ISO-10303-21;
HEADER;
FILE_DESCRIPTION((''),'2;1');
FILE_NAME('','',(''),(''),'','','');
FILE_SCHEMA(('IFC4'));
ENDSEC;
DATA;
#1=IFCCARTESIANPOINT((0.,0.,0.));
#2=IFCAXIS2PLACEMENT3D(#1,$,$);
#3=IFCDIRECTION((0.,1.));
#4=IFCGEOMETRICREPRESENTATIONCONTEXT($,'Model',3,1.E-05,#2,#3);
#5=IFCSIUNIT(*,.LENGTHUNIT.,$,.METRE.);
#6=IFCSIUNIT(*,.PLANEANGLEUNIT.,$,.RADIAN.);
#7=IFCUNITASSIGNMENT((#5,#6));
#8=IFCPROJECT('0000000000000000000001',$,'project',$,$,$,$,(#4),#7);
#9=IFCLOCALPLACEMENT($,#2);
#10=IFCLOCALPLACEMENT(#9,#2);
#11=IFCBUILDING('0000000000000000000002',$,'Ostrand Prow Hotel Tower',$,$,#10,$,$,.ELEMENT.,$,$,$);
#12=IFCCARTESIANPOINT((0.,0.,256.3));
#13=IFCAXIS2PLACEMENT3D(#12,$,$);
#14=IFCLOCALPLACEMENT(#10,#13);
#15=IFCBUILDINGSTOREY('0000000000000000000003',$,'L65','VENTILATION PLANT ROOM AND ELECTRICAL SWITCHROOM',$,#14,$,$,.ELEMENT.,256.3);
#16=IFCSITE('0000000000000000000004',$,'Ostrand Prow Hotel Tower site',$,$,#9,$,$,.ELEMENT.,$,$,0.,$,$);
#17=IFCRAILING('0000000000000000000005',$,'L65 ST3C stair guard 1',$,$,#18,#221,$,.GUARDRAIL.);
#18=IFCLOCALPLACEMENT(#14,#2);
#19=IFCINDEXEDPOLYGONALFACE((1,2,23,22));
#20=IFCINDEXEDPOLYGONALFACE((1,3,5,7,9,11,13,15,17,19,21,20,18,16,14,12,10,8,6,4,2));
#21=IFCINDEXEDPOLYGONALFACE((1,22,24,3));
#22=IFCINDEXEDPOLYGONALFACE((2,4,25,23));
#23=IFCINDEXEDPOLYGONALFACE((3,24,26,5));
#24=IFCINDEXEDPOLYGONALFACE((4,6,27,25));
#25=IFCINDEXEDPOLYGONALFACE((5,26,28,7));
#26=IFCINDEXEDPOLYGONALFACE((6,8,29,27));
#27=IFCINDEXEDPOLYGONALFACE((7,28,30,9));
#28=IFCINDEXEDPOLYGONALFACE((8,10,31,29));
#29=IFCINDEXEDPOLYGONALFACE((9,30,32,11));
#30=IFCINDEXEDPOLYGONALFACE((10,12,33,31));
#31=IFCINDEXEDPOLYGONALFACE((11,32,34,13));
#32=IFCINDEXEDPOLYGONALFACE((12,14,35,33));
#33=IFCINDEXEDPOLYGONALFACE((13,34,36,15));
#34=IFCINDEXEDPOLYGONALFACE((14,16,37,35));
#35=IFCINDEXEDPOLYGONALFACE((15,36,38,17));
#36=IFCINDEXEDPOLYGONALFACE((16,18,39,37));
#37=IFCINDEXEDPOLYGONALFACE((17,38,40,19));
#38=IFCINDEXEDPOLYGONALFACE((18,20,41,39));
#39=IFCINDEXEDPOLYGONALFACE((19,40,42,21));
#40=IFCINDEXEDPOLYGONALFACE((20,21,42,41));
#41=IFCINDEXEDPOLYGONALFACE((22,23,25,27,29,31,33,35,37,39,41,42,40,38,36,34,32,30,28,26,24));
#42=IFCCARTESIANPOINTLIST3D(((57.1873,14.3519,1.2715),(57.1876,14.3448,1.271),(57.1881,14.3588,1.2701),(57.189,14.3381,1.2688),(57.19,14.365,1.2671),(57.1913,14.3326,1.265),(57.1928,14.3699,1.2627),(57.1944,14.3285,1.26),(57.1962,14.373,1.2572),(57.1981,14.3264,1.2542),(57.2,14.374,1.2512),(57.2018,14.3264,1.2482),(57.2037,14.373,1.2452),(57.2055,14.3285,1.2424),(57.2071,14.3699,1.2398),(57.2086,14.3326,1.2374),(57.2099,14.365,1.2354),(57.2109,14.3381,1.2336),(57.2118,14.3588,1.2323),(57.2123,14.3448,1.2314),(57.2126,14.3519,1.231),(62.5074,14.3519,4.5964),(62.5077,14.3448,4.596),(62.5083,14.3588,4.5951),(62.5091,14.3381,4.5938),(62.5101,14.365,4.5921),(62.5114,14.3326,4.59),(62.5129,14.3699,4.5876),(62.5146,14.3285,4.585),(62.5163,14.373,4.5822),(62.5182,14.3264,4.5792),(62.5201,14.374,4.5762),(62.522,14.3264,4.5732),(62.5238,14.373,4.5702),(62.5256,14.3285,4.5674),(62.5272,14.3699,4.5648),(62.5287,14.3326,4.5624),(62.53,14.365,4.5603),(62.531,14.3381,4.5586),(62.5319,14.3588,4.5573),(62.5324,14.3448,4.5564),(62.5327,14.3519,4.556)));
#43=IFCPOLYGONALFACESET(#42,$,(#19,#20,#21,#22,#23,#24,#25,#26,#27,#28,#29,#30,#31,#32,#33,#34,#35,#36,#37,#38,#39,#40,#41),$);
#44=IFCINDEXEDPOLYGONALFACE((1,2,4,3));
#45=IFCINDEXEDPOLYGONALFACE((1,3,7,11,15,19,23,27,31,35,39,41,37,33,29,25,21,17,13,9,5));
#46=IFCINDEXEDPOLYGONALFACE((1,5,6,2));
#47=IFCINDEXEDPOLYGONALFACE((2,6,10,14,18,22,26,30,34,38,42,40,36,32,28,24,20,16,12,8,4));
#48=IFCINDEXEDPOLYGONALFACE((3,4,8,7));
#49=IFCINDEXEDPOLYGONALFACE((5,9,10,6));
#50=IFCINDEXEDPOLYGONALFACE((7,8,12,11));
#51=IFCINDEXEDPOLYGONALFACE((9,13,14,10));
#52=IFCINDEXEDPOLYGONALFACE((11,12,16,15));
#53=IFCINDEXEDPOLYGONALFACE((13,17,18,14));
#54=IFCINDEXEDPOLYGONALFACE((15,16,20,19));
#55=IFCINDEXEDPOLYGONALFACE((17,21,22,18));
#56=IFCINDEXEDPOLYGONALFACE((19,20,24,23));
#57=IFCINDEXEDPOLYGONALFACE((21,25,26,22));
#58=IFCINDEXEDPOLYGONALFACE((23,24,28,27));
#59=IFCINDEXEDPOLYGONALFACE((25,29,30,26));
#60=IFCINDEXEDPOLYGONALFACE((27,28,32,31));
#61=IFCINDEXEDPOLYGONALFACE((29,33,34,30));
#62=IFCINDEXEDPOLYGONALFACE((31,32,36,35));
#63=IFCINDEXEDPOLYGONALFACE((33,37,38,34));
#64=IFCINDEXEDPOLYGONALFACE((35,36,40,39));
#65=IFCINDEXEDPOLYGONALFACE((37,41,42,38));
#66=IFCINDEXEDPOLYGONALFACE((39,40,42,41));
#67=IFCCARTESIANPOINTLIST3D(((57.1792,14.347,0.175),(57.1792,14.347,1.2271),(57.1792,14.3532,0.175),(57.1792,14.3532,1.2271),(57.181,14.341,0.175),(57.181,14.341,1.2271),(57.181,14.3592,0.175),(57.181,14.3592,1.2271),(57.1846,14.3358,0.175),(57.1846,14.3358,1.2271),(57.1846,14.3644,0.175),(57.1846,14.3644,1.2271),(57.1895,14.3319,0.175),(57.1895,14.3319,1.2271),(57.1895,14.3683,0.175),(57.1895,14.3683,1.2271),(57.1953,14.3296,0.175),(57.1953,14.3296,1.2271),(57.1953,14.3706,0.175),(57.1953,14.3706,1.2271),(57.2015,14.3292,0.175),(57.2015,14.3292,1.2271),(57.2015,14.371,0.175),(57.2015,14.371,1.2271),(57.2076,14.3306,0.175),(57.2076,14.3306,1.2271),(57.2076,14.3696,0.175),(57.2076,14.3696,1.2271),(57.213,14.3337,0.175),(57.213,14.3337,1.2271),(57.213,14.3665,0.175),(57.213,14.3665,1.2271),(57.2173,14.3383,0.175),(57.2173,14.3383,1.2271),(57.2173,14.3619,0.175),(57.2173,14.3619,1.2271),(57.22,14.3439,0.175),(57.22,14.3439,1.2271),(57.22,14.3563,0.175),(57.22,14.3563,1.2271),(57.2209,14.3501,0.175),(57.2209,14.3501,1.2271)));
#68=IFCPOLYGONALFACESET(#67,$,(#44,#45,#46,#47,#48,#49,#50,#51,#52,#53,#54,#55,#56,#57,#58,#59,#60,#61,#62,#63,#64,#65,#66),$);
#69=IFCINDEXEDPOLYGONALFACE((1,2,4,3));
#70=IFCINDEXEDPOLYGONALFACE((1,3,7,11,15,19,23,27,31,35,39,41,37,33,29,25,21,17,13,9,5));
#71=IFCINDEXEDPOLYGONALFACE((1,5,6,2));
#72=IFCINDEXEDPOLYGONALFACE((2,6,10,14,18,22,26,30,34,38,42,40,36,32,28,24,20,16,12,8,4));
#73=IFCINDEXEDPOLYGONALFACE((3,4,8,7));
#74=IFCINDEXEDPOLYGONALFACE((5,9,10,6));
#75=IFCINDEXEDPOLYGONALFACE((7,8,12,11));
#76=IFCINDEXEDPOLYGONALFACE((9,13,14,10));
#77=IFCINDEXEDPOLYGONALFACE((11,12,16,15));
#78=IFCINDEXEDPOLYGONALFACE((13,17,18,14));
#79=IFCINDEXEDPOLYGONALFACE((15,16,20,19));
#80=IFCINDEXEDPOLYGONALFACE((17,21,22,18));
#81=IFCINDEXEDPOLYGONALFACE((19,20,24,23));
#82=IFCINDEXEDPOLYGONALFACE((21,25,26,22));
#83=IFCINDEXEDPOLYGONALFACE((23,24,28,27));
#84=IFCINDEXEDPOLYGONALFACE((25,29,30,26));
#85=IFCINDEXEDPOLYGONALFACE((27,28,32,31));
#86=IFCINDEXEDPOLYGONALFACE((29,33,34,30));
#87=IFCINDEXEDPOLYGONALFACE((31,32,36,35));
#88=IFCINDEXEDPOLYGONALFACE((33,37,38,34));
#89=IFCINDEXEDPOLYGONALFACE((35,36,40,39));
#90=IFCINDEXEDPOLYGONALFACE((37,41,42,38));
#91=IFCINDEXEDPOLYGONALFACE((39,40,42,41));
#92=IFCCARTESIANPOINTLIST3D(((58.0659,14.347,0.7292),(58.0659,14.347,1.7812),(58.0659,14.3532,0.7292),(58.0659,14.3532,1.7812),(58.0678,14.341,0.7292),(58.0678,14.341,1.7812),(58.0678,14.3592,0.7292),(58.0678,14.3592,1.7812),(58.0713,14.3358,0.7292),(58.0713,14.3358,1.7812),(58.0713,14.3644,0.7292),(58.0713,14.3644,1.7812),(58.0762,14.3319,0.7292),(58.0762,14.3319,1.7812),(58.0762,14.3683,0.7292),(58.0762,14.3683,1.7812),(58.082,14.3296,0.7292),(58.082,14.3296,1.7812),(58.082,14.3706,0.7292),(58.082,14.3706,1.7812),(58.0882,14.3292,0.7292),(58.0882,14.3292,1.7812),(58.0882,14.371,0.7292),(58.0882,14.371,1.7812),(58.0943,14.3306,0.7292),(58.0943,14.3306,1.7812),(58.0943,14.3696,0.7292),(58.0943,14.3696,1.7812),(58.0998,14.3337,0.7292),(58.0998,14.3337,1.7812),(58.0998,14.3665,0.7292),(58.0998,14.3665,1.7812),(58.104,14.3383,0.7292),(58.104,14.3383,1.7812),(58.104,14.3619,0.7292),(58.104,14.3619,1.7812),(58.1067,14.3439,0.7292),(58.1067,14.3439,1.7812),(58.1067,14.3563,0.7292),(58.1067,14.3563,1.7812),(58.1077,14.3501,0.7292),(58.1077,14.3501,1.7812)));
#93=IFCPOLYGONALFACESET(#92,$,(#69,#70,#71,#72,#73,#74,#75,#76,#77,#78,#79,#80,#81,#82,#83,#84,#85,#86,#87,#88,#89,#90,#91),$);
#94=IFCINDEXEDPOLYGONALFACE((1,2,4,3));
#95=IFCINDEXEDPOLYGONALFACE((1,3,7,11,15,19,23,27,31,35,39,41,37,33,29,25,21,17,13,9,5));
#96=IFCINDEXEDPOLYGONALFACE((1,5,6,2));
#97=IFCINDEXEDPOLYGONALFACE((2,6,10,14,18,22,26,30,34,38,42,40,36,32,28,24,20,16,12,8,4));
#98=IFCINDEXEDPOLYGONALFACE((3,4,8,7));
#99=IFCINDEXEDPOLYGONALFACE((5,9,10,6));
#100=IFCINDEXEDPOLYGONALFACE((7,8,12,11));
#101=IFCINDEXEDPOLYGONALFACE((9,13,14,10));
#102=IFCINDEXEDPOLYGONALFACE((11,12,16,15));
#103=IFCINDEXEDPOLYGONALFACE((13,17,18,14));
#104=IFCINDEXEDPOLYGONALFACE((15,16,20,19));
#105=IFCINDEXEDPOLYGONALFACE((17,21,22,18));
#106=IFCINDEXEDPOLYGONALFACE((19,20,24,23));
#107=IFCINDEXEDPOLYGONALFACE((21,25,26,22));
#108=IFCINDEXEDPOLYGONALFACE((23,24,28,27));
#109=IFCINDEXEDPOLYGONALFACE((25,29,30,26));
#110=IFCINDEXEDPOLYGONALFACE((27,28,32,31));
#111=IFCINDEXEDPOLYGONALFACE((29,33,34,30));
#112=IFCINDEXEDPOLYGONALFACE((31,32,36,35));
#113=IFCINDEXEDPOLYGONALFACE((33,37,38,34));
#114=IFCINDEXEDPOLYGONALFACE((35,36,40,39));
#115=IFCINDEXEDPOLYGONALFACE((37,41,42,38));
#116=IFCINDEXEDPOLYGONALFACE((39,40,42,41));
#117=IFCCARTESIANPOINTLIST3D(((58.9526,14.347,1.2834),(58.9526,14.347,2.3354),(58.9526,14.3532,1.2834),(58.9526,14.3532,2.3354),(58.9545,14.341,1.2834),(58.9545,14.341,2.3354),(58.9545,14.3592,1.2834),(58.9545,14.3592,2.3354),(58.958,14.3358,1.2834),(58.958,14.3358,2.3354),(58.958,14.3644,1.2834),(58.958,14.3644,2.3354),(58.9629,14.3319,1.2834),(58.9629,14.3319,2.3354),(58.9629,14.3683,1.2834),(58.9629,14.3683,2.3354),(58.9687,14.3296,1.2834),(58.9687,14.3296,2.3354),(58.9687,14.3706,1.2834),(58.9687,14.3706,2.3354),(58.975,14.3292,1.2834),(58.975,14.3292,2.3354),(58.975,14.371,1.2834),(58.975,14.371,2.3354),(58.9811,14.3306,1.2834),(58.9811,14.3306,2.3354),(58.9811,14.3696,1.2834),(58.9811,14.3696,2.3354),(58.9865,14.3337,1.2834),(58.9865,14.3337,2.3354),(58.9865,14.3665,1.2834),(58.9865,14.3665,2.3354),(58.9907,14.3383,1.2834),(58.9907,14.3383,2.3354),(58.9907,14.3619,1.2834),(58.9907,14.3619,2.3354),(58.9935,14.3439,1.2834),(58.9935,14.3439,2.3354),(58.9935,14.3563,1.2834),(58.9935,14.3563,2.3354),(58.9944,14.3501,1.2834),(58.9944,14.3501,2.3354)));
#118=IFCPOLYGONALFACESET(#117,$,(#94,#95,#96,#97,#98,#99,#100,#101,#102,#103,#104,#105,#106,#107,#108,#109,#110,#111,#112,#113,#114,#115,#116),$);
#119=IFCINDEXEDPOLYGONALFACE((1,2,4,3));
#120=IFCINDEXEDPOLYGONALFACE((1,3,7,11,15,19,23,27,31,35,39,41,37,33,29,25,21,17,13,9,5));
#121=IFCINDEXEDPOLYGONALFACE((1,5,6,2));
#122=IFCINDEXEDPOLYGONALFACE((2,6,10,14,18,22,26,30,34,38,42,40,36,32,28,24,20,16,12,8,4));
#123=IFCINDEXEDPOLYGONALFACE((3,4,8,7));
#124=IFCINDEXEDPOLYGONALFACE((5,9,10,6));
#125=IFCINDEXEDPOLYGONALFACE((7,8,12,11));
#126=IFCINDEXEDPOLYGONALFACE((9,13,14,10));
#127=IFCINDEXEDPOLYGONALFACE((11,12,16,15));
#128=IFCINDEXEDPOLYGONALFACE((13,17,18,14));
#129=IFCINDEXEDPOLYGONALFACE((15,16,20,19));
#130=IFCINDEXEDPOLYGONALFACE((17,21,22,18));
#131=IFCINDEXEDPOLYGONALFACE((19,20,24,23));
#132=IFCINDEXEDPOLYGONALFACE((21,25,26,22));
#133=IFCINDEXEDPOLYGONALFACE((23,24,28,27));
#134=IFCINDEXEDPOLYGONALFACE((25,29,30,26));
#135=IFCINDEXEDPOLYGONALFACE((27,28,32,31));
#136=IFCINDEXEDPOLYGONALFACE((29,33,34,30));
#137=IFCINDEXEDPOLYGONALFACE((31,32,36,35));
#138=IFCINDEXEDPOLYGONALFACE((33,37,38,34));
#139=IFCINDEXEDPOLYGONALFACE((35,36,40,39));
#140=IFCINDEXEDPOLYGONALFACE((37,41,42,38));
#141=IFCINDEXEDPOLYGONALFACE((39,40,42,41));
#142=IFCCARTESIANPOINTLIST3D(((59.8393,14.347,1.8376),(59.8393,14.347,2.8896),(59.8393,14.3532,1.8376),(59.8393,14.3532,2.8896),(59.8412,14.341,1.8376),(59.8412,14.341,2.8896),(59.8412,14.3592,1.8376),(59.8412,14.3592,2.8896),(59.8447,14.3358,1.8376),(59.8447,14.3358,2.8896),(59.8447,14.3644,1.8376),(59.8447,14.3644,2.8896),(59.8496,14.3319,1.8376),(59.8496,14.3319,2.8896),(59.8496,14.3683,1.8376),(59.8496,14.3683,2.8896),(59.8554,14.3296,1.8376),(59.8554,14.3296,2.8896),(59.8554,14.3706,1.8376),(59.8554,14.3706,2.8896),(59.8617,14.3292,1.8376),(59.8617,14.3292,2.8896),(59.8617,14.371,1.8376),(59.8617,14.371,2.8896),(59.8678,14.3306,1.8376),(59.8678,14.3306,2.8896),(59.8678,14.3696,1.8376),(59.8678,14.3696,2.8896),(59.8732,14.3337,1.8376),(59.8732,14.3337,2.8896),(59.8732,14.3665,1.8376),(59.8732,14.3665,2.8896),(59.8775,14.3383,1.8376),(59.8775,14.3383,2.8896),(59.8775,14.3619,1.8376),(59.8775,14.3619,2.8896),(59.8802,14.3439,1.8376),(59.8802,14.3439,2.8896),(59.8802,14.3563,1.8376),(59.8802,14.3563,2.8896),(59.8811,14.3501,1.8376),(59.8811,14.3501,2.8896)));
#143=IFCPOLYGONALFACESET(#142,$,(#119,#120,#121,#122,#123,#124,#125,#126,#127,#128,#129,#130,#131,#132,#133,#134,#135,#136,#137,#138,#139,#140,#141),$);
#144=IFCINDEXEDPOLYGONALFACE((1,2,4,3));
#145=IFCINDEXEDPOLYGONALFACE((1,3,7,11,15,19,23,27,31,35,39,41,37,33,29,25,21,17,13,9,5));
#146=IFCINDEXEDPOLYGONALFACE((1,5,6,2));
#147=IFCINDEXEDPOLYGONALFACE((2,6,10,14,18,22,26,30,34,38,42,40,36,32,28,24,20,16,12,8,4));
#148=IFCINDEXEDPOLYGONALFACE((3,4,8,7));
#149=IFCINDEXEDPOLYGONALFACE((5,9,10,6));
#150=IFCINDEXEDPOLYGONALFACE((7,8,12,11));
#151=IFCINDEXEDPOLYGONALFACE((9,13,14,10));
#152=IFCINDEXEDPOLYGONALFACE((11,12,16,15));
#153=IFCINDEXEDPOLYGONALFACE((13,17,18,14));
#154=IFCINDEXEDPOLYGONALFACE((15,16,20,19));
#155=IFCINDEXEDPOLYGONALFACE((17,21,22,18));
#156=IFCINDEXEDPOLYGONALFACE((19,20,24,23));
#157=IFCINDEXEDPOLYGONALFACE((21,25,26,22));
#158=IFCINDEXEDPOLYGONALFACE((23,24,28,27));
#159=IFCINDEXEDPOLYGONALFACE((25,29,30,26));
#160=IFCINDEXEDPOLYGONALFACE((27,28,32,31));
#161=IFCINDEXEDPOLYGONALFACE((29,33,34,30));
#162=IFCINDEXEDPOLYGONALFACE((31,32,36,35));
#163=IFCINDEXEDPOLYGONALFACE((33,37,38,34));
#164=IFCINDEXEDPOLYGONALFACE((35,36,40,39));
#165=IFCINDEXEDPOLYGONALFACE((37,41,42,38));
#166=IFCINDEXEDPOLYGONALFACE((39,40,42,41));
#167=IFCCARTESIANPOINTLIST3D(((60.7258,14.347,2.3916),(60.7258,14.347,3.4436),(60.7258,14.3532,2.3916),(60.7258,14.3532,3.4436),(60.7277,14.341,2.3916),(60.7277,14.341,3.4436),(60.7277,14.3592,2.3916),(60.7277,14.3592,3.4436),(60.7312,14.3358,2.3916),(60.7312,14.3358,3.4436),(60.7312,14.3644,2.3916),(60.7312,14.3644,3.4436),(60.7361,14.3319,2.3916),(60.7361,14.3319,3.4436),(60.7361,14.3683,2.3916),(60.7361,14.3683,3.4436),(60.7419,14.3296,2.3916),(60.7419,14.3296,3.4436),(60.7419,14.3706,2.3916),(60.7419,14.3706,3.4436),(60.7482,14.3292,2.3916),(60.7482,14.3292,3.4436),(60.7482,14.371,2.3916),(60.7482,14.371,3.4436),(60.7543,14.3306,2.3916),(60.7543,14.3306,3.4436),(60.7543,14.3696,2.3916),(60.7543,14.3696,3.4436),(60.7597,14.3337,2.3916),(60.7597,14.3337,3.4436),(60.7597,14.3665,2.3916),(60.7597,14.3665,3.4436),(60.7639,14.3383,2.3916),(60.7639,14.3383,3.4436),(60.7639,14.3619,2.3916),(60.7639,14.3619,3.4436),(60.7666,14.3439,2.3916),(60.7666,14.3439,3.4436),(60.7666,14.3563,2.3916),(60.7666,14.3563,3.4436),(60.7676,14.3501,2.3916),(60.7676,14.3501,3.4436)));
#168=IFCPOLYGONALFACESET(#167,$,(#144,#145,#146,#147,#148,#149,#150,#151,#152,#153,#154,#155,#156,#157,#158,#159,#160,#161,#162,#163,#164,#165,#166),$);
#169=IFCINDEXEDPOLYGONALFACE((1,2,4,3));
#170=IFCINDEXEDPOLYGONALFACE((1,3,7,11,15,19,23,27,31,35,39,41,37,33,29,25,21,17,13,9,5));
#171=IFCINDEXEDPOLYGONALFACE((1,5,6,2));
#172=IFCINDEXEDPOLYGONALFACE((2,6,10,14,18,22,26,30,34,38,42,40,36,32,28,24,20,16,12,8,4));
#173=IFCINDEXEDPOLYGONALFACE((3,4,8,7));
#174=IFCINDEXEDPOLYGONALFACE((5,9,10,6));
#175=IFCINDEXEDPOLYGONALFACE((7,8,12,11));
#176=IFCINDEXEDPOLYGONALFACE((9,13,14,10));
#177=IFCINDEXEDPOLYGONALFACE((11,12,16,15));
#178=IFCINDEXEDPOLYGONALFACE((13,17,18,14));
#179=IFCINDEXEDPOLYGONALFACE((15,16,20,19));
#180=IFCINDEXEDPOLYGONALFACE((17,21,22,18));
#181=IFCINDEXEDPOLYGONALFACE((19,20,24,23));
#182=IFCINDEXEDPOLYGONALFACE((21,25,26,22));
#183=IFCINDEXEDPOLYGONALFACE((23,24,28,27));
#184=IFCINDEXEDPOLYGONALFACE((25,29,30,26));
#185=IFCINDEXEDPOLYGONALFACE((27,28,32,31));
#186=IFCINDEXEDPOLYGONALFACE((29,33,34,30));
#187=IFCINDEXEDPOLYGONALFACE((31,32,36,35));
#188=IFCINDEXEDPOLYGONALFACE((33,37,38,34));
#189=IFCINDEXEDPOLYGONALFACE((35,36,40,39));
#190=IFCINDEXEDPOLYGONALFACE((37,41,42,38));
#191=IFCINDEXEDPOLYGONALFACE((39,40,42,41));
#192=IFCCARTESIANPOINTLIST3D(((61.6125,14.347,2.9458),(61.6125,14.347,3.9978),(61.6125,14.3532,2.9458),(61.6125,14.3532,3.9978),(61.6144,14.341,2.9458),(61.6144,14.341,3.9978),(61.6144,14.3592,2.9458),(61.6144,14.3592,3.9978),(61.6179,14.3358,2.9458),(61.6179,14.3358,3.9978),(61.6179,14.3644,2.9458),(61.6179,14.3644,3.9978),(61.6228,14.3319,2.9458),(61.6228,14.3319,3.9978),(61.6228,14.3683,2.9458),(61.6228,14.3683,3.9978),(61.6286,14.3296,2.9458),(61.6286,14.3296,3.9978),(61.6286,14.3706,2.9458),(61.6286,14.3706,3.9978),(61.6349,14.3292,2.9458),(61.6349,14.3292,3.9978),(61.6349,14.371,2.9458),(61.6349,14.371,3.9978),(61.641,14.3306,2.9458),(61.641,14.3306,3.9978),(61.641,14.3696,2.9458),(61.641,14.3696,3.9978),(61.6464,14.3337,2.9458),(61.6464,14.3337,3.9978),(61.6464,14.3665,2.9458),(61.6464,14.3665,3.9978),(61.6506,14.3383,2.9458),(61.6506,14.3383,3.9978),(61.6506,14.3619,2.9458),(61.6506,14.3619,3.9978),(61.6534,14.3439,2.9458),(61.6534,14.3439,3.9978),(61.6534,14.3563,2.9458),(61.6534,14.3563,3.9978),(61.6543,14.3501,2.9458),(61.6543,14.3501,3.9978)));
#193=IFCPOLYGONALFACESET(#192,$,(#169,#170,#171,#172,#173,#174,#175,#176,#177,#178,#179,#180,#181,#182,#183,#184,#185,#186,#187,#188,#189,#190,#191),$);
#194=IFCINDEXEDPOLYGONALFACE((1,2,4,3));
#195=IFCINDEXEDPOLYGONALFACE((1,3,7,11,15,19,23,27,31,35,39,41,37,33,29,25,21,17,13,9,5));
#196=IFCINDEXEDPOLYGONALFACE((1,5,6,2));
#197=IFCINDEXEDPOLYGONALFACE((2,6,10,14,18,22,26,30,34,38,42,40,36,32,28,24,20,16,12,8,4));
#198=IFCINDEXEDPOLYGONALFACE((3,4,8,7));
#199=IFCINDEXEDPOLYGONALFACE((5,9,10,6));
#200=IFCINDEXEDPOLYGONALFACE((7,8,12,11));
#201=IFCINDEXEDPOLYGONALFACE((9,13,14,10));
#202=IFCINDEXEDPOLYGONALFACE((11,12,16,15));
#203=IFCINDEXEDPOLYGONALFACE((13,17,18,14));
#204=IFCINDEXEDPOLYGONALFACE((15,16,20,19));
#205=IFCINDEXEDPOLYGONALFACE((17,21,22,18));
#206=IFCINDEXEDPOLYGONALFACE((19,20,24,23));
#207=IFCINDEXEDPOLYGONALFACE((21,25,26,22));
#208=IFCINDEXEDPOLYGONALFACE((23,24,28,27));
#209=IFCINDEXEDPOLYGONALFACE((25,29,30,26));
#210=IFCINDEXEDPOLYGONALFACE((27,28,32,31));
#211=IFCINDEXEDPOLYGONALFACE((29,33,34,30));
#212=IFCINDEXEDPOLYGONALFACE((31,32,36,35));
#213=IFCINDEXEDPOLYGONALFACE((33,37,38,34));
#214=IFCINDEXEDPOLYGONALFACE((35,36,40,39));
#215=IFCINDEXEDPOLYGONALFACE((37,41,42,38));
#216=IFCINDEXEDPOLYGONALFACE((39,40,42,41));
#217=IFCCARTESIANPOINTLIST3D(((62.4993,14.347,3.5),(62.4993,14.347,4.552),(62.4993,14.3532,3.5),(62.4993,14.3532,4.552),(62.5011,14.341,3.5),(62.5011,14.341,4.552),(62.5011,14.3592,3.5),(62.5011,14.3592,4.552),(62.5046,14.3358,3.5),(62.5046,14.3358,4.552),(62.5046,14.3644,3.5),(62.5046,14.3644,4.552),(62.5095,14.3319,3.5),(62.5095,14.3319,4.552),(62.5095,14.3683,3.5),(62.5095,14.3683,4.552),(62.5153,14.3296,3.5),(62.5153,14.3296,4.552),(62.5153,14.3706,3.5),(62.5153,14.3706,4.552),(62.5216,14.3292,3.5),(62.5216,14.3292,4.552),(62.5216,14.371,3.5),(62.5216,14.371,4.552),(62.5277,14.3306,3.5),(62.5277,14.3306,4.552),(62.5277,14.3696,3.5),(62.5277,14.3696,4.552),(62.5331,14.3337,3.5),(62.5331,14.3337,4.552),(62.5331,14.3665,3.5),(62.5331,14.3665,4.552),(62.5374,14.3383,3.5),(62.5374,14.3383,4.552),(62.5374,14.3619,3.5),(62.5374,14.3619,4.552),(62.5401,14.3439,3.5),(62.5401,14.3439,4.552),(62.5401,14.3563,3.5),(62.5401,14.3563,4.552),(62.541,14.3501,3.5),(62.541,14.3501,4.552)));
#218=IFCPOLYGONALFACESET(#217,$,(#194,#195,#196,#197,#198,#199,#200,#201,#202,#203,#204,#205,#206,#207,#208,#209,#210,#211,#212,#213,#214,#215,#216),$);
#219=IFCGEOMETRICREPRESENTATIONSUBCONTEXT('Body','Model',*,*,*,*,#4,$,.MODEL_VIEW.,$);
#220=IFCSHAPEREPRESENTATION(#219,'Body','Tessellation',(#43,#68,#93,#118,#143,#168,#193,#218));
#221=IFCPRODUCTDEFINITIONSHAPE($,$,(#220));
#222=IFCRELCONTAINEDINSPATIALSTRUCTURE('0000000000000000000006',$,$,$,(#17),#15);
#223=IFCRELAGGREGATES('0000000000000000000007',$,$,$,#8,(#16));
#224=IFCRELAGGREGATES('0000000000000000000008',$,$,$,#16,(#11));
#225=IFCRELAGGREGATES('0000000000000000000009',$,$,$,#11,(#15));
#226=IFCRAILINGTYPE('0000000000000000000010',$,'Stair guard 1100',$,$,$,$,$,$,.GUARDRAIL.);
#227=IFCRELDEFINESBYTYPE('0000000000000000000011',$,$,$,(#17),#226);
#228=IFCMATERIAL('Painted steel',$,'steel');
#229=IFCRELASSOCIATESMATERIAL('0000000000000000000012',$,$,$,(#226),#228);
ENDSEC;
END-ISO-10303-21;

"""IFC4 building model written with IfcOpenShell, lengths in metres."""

from ifc_helpers import new_model, si_unit, direction, frame, origin, origin_2d, place, context, subcontext, project, spatial, circle, extrude, material, type_object, element, save


model = new_model("IFC4")

# Units and contexts
model_context = context("Model", 3, precision=1e-05, world=origin(), true_north=direction((0.0, 1.0)))
body_context = subcontext(model_context, "Body", "Model", "MODEL_VIEW")
ifc_project = project(units=[si_unit("LENGTHUNIT", "METRE"), si_unit("PLANEANGLEUNIT", "RADIAN")], contexts=[model_context])

# Site, building, storey
site_placement = place(None, origin())
site = spatial("IfcSite", under=ifc_project, at=site_placement, Name="Ostrand Prow Hotel Tower site", CompositionType="ELEMENT", RefElevation=0.0)
building_placement = place(site_placement, origin())
building = spatial("IfcBuilding", under=site, at=building_placement, Name="Ostrand Prow Hotel Tower", CompositionType="ELEMENT")
storey_placement = place(building_placement, frame((0.0, 0.0, 256.3)))
storey = spatial("IfcBuildingStorey", under=building, at=storey_placement, Name="L65", Description="VENTILATION PLANT ROOM AND ELECTRICAL SWITCHROOM", CompositionType="ELEMENT", Elevation=256.3)

# Railing
ifc_material_1 = material(Name="Painted steel", Category="steel")
railing_type_1 = type_object("IfcRailingType", Name="Stair guard 1100", PredefinedType="GUARDRAIL", material=ifc_material_1)
railing_1_placement = place(storey_placement, frame((57.2, 14.3501, 0.175)))
element("IfcRailing", 1, at=railing_1_placement, inside=storey, type_object=railing_type_1, Name="L65 ST3C stair guard 1", PredefinedType="GUARDRAIL", context=body_context, shape_type="SweptSolid", body=[
    extrude(circle(Radius=0.0239, at=origin_2d()), frame((0.0, 0.0, 1.0762), z_axis=(0.848005, 0.0, 0.529988), x_axis=(0.0, 1.0, 0.0)), (0.0, 0.0, 1.0), 6.2737),
    extrude(circle(Radius=0.021, at=origin_2d()), origin(), (0.0, 0.0, 1.0), 1.052),
    extrude(circle(Radius=0.021, at=origin_2d()), frame((0.8867, 0.0, 0.5542)), (0.0, 0.0, 1.0), 1.052),
    extrude(circle(Radius=0.021, at=origin_2d()), frame((1.7734, 0.0, 1.1084)), (0.0, 0.0, 1.0), 1.052),
    extrude(circle(Radius=0.021, at=origin_2d()), frame((2.6602, 0.0, 1.6626)), (0.0, 0.0, 1.0), 1.052),
    extrude(circle(Radius=0.021, at=origin_2d()), frame((3.5466, 0.0, 2.2166)), (0.0, 0.0, 1.0), 1.052),
    extrude(circle(Radius=0.021, at=origin_2d()), frame((4.4333, 0.0, 2.7708)), (0.0, 0.0, 1.0), 1.052),
    extrude(circle(Radius=0.021, at=origin_2d()), frame((5.3201, 0.0, 3.325)), (0.0, 0.0, 1.0), 1.052),
])

save(model, "model.ifc")
